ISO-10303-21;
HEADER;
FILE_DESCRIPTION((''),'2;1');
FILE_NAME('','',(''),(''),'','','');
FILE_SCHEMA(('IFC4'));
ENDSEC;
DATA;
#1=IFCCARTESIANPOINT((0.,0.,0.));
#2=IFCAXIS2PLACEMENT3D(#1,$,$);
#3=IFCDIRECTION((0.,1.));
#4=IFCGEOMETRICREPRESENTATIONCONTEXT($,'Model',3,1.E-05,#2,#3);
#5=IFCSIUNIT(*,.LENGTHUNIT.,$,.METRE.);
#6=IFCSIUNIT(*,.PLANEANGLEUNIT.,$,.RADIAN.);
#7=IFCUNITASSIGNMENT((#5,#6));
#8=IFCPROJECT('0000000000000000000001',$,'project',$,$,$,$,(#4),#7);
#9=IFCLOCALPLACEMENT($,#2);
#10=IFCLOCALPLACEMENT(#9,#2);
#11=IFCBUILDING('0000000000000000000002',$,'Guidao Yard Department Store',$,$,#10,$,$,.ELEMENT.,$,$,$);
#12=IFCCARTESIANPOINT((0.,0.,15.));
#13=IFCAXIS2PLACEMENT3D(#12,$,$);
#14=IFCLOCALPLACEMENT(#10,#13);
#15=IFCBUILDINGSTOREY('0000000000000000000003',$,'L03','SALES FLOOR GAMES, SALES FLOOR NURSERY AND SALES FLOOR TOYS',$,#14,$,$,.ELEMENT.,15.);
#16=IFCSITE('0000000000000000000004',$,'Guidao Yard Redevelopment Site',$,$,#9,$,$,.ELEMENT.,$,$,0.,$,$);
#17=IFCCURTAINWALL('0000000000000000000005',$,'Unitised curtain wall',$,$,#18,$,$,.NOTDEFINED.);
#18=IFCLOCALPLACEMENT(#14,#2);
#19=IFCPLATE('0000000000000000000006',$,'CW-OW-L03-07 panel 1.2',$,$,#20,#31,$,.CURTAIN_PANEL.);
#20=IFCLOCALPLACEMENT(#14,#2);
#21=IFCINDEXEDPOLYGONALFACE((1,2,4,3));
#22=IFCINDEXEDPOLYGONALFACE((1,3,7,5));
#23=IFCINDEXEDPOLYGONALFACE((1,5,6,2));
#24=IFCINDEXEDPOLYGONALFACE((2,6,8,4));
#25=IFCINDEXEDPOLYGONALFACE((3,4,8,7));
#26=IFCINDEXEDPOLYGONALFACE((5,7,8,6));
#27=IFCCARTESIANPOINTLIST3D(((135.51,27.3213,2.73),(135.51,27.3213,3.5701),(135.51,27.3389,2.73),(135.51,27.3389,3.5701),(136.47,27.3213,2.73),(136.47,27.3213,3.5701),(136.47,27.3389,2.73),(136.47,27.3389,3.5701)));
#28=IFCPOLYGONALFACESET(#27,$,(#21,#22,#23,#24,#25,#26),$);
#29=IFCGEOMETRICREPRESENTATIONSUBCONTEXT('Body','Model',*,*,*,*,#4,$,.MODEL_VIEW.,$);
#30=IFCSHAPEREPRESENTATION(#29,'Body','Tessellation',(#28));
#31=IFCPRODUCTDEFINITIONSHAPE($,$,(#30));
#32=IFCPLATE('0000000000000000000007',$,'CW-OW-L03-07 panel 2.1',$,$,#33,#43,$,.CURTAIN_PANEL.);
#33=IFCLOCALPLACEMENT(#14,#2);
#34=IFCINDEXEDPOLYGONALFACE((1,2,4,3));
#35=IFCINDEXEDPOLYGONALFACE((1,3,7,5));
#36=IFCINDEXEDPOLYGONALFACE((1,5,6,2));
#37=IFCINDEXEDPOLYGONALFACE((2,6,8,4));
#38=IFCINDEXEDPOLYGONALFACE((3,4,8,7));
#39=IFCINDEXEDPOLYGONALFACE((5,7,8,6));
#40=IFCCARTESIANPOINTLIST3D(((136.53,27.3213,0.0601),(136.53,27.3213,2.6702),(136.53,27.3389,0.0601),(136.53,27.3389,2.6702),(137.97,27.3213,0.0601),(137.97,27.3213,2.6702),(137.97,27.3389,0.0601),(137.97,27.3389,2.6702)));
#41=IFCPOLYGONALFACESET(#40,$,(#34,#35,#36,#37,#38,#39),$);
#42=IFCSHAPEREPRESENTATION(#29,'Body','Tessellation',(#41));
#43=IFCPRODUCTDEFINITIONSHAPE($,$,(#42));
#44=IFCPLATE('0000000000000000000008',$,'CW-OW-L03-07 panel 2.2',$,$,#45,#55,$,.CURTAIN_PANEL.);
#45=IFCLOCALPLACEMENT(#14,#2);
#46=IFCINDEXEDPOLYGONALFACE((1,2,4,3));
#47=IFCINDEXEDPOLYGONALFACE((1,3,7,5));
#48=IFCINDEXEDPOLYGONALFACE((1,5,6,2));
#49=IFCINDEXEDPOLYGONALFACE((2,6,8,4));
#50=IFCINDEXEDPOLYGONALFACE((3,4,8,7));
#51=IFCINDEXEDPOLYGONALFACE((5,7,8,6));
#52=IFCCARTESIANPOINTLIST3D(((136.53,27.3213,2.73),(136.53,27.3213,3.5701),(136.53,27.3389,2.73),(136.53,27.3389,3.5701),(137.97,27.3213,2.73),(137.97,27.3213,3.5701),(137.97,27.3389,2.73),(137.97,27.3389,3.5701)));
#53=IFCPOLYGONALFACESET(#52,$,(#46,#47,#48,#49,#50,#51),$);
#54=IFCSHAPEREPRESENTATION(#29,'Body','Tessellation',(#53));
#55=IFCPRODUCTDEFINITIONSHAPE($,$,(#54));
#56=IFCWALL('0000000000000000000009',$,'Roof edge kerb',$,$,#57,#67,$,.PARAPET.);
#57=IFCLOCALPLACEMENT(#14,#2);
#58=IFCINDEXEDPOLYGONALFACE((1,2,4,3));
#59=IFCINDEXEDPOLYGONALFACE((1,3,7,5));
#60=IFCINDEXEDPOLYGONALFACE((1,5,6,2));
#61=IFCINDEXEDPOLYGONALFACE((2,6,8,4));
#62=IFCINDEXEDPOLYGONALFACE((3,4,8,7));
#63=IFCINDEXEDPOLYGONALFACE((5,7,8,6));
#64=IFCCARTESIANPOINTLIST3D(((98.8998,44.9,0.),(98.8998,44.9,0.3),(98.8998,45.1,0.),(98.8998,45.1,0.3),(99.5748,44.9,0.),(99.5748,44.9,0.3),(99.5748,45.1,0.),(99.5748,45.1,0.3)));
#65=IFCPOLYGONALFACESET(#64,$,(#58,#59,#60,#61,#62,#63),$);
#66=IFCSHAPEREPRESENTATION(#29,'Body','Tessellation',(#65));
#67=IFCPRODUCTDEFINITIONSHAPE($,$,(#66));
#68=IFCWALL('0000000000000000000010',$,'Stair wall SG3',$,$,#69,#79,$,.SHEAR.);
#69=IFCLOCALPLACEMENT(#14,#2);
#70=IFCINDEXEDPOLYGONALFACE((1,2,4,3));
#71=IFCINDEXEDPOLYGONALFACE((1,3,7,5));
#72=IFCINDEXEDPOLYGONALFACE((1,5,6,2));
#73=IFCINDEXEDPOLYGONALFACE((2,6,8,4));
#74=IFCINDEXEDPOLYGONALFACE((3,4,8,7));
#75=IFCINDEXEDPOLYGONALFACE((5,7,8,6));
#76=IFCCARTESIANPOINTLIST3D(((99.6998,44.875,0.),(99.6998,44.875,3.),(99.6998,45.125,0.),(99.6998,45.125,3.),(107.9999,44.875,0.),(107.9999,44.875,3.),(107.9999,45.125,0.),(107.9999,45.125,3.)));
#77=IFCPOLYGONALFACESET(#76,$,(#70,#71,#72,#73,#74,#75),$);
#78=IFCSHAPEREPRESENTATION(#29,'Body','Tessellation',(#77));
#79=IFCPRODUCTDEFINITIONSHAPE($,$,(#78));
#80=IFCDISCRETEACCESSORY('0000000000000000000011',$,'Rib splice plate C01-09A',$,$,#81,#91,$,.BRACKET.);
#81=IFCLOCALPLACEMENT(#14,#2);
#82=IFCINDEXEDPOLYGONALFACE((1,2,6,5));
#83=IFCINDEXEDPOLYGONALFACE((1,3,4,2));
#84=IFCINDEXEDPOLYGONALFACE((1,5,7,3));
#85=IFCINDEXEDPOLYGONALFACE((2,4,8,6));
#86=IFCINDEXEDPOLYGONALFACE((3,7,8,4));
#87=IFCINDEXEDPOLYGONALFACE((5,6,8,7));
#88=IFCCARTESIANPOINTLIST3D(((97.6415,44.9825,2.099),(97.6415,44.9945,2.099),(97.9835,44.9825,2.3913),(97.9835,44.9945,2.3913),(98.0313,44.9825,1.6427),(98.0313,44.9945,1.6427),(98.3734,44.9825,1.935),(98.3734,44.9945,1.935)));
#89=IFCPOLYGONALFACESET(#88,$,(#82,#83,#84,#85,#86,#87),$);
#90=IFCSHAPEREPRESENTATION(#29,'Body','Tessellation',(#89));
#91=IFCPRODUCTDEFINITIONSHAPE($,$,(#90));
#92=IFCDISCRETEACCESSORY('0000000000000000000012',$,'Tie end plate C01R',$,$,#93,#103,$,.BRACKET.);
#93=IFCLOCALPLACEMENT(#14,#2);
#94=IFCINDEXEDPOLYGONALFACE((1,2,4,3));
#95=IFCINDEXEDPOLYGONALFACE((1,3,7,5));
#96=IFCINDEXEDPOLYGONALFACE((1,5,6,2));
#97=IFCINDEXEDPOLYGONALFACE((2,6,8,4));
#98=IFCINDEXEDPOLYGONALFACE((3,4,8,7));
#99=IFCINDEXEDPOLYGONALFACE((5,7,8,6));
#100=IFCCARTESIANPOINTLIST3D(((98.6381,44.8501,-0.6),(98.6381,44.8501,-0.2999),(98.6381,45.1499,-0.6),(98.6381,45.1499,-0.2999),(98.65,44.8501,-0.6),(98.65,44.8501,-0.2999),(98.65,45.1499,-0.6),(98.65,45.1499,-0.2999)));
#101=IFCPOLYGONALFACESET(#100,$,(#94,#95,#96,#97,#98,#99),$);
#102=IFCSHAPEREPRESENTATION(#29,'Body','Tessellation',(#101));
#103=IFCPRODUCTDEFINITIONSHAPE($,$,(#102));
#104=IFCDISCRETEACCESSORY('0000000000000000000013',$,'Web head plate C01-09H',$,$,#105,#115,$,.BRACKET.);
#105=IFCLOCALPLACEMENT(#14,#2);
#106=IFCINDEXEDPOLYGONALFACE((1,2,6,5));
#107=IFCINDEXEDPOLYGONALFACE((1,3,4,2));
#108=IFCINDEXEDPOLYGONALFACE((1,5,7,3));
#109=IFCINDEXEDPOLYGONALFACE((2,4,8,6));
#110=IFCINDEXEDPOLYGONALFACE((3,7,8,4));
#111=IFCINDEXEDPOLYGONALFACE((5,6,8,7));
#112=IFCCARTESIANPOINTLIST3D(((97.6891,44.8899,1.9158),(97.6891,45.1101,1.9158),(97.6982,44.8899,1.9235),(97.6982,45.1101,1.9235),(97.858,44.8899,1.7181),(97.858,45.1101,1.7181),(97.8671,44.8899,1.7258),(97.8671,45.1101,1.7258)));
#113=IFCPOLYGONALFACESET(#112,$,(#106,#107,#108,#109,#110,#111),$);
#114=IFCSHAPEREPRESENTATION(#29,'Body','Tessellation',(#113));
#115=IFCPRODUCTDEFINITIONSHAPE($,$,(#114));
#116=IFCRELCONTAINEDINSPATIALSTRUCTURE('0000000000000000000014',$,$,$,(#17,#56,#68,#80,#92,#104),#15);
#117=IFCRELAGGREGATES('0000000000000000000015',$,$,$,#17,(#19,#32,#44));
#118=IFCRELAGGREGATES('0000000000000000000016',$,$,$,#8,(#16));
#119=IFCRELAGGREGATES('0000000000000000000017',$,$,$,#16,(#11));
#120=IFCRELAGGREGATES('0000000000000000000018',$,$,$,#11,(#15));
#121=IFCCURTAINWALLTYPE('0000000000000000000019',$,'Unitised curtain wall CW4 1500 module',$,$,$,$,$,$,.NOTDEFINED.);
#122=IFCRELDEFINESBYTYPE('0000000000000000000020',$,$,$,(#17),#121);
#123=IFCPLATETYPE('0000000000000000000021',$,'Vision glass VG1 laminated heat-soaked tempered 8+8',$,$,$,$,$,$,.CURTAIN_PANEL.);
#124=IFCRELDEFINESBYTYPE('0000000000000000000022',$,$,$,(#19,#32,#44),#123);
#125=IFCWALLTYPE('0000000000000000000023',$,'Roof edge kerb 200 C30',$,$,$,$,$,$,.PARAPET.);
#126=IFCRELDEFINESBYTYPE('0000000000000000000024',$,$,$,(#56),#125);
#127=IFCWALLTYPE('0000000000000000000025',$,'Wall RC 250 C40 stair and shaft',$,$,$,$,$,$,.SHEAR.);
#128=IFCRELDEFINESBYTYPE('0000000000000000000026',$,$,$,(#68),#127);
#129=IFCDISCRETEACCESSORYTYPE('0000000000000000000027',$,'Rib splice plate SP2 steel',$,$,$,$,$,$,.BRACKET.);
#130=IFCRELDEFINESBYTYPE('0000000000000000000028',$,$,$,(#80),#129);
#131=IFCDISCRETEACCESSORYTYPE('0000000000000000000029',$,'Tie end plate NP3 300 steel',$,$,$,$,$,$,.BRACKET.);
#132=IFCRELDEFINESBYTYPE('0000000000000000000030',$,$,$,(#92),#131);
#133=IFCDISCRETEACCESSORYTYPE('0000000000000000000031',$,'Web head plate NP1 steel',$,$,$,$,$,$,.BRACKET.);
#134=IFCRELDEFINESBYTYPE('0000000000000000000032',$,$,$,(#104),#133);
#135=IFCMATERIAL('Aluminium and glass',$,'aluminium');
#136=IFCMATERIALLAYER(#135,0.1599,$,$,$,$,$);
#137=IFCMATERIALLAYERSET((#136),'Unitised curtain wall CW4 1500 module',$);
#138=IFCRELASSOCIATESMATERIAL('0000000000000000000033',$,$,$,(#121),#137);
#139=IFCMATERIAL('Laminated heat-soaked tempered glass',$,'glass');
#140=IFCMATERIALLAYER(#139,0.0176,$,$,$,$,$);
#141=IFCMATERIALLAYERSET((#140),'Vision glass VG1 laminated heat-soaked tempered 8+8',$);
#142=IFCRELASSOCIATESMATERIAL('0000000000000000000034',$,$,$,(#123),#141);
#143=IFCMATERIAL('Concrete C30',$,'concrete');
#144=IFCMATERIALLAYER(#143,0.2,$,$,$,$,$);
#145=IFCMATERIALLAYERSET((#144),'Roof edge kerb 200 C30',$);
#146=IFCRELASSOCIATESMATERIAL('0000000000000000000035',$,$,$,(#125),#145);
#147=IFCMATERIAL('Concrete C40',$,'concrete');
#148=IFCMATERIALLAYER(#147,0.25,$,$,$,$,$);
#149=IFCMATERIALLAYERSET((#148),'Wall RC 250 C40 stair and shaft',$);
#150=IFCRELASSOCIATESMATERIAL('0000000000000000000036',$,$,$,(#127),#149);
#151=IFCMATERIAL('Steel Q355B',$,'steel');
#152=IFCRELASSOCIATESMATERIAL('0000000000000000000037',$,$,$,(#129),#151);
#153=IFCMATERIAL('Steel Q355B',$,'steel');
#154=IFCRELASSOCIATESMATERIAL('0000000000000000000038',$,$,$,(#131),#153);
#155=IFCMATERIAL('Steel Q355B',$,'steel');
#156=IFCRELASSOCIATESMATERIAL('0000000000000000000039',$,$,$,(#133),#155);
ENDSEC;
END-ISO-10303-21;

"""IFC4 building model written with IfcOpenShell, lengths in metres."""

from ifc_helpers import new_model, si_unit, direction, frame, frame_2d, origin, origin_2d, place, context, subcontext, project, spatial, rectangle, extrude, material, layer, layer_set, material_profile, profile_set, type_object, element, aggregate, save


model = new_model("IFC4")

# Units and contexts
model_context = context("Model", 3, precision=1e-05, world=origin(), true_north=direction((0.0, 1.0)))
body_context = subcontext(model_context, "Body", "Model", "MODEL_VIEW")
ifc_project = project(units=[si_unit("LENGTHUNIT", "METRE"), si_unit("PLANEANGLEUNIT", "RADIAN")], contexts=[model_context])

# Site, building, storey
site_placement = place(None, origin())
site = spatial("IfcSite", under=ifc_project, at=site_placement, Name="Guidao Yard Redevelopment Site", CompositionType="ELEMENT", RefElevation=0.0)
building_placement = place(site_placement, origin())
building = spatial("IfcBuilding", under=site, at=building_placement, Name="Guidao Yard Department Store", CompositionType="ELEMENT")
storey_placement = place(building_placement, frame((0.0, 0.0, 15.0)))
storey = spatial("IfcBuildingStorey", under=building, at=storey_placement, Name="L03", Description="SALES FLOOR GAMES, SALES FLOOR NURSERY AND SALES FLOOR TOYS", CompositionType="ELEMENT", Elevation=15.0)

# Curtain wall
ifc_material_1 = material(Name="Aluminium and glass", Category="aluminium")
ifc_layer_1 = layer(ifc_material_1, 0.1599)
ifc_layer_set_1 = layer_set([ifc_layer_1], Name="Unitised curtain wall CW4 1500 module")
curtain_wall_type = type_object("IfcCurtainWallType", Name="Unitised curtain wall CW4 1500 module", PredefinedType="NOTDEFINED", material=ifc_layer_set_1)
curtain_wall_1_placement = place(storey_placement, origin())
curtain_wall_1 = element("IfcCurtainWall", 1, at=curtain_wall_1_placement, inside=storey, type_object=curtain_wall_type, Name="Unitised curtain wall", PredefinedType="NOTDEFINED")

# Plates
ifc_material_2 = material(Name="Laminated heat-soaked tempered glass", Category="glass")
ifc_layer_2 = layer(ifc_material_2, 0.0176)
ifc_layer_set_2 = layer_set([ifc_layer_2], Name="Vision glass VG1 laminated heat-soaked tempered 8+8")
plate_type_1 = type_object("IfcPlateType", Name="Vision glass VG1 laminated heat-soaked tempered 8+8", PredefinedType="CURTAIN_PANEL", material=ifc_layer_set_2)
plate_1_placement = place(storey_placement, frame((135.99, 27.3301, 2.73), z_axis=(0.0, 0.0, 1.0), x_axis=(1.0, 0.0, 0.0)))
plate_1 = element("IfcPlate", 2, at=plate_1_placement, type_object=plate_type_1, Name="CW-OW-L03-07 panel 1.2", PredefinedType="CURTAIN_PANEL", context=body_context, shape_type="SweptSolid", body=[
    extrude(rectangle(XDim=0.96, YDim=0.0176, at=origin_2d()), origin(), (0.0, 0.0, 1.0), 0.8401),
])
plate_2_placement = place(storey_placement, frame((137.25, 27.3301, 0.0601), z_axis=(0.0, 0.0, 1.0), x_axis=(1.0, 0.0, 0.0)))
plate_2 = element("IfcPlate", 3, at=plate_2_placement, type_object=plate_type_1, Name="CW-OW-L03-07 panel 2.1", PredefinedType="CURTAIN_PANEL", context=body_context, shape_type="SweptSolid", body=[
    extrude(rectangle(XDim=1.4399, YDim=0.0176, at=origin_2d()), origin(), (0.0, 0.0, 1.0), 2.6101),
])
plate_3_placement = place(storey_placement, frame((137.25, 27.3301, 2.73), z_axis=(0.0, 0.0, 1.0), x_axis=(1.0, 0.0, 0.0)))
plate_3 = element("IfcPlate", 4, at=plate_3_placement, type_object=plate_type_1, Name="CW-OW-L03-07 panel 2.2", PredefinedType="CURTAIN_PANEL", context=body_context, shape_type="SweptSolid", body=[
    extrude(rectangle(XDim=1.4399, YDim=0.0176, at=origin_2d()), origin(), (0.0, 0.0, 1.0), 0.8401),
])
aggregate(curtain_wall_1, [plate_1, plate_2, plate_3])

# Walls
ifc_material_3 = material(Name="Concrete C30", Category="concrete")
ifc_layer_3 = layer(ifc_material_3, 0.2)
ifc_layer_set_3 = layer_set([ifc_layer_3], Name="Roof edge kerb 200 C30")
wall_type_1 = type_object("IfcWallType", Name="Roof edge kerb 200 C30", PredefinedType="PARAPET", material=ifc_layer_set_3)
wall_1_placement = place(storey_placement, frame((98.8999, 45.0, 0.0), z_axis=(0.0, 0.0, 1.0), x_axis=(1.0, 0.0, 0.0)))
element("IfcWall", 5, at=wall_1_placement, inside=storey, type_object=wall_type_1, Name="Roof edge kerb", PredefinedType="PARAPET", context=body_context, shape_type="SweptSolid", body=[
    extrude(rectangle(XDim=0.675, YDim=0.2, at=frame_2d((0.3374, 0.0))), origin(), (0.0, 0.0, 1.0), 0.3),
])
ifc_material_4 = material(Name="Concrete C40", Category="concrete")
ifc_layer_4 = layer(ifc_material_4, 0.25)
ifc_layer_set_4 = layer_set([ifc_layer_4], Name="Wall RC 250 C40 stair and shaft")
wall_type_2 = type_object("IfcWallType", Name="Wall RC 250 C40 stair and shaft", PredefinedType="SHEAR", material=ifc_layer_set_4)
wall_2_placement = place(storey_placement, frame((99.7, 45.0, 0.0), z_axis=(0.0, 0.0, 1.0), x_axis=(1.0, 0.0, 0.0)))
element("IfcWall", 6, at=wall_2_placement, inside=storey, type_object=wall_type_2, Name="Stair wall SG3", PredefinedType="SHEAR", context=body_context, shape_type="SweptSolid", body=[
    extrude(rectangle(XDim=8.3, YDim=0.25, at=frame_2d((4.1499, 0.0))), origin(), (0.0, 0.0, 1.0), 3.0),
])

# Discrete accessories
ifc_material_5 = material(Name="Steel Q355B", Category="steel")
ifc_material_profile_1 = material_profile(ifc_material_5, rectangle(XDim=0.012, YDim=0.45, at=origin_2d()), Name="Splice plate 450x12")
ifc_profile_set_1 = profile_set([ifc_material_profile_1], Name="Steel Q355B")
discrete_accessory_type_1 = type_object("IfcDiscreteAccessoryType", Name="Rib splice plate SP2 steel", PredefinedType="BRACKET", material=ifc_profile_set_1)
discrete_accessory_1_placement = place(storey_placement, frame((97.8125, 44.9885, 2.2451), z_axis=(0.649618, 0.0, -0.760261), x_axis=(0.0, 1.0, 0.0)))
element("IfcDiscreteAccessory", 7, at=discrete_accessory_1_placement, inside=storey, type_object=discrete_accessory_type_1, Name="Rib splice plate C01-09A", PredefinedType="BRACKET", context=body_context, shape_type="SweptSolid", body=[
    extrude(rectangle(XDim=0.012, YDim=0.45, at=origin_2d()), origin(), (0.0, 0.0, 1.0), 0.6001),
])
ifc_material_6 = material(Name="Steel Q355B", Category="steel")
ifc_material_profile_2 = material_profile(ifc_material_6, rectangle(XDim=0.3, YDim=0.012, at=origin_2d()), Name="Node plate 300x12")
ifc_profile_set_2 = profile_set([ifc_material_profile_2], Name="Steel Q355B")
discrete_accessory_type_2 = type_object("IfcDiscreteAccessoryType", Name="Tie end plate NP3 300 steel", PredefinedType="BRACKET", material=ifc_profile_set_2)
discrete_accessory_2_placement = place(storey_placement, frame((98.644, 44.8501, -0.45), z_axis=(0.0, 1.0, 0.0), x_axis=(0.0, 0.0, 1.0)))
element("IfcDiscreteAccessory", 8, at=discrete_accessory_2_placement, inside=storey, type_object=discrete_accessory_type_2, Name="Tie end plate C01R", PredefinedType="BRACKET", context=body_context, shape_type="SweptSolid", body=[
    extrude(rectangle(XDim=0.3, YDim=0.012, at=origin_2d()), origin(), (0.0, 0.0, 1.0), 0.2998),
])
ifc_material_7 = material(Name="Steel Q355B", Category="steel")
ifc_material_profile_3 = material_profile(ifc_material_7, rectangle(XDim=0.26, YDim=0.012, at=origin_2d()), Name="Node plate 260x12")
ifc_profile_set_3 = profile_set([ifc_material_profile_3], Name="Steel Q355B")
discrete_accessory_type_3 = type_object("IfcDiscreteAccessoryType", Name="Web head plate NP1 steel", PredefinedType="BRACKET", material=ifc_profile_set_3)
discrete_accessory_3_placement = place(storey_placement, frame((97.7781, 44.8899, 1.8208), z_axis=(0.0, 1.0, 0.0), x_axis=(-0.649537, 0.0, 0.76033)))
element("IfcDiscreteAccessory", 9, at=discrete_accessory_3_placement, inside=storey, type_object=discrete_accessory_type_3, Name="Web head plate C01-09H", PredefinedType="BRACKET", context=body_context, shape_type="SweptSolid", body=[
    extrude(rectangle(XDim=0.26, YDim=0.012, at=origin_2d()), origin(), (0.0, 0.0, 1.0), 0.2202),
])

save(model, "model.ifc")
